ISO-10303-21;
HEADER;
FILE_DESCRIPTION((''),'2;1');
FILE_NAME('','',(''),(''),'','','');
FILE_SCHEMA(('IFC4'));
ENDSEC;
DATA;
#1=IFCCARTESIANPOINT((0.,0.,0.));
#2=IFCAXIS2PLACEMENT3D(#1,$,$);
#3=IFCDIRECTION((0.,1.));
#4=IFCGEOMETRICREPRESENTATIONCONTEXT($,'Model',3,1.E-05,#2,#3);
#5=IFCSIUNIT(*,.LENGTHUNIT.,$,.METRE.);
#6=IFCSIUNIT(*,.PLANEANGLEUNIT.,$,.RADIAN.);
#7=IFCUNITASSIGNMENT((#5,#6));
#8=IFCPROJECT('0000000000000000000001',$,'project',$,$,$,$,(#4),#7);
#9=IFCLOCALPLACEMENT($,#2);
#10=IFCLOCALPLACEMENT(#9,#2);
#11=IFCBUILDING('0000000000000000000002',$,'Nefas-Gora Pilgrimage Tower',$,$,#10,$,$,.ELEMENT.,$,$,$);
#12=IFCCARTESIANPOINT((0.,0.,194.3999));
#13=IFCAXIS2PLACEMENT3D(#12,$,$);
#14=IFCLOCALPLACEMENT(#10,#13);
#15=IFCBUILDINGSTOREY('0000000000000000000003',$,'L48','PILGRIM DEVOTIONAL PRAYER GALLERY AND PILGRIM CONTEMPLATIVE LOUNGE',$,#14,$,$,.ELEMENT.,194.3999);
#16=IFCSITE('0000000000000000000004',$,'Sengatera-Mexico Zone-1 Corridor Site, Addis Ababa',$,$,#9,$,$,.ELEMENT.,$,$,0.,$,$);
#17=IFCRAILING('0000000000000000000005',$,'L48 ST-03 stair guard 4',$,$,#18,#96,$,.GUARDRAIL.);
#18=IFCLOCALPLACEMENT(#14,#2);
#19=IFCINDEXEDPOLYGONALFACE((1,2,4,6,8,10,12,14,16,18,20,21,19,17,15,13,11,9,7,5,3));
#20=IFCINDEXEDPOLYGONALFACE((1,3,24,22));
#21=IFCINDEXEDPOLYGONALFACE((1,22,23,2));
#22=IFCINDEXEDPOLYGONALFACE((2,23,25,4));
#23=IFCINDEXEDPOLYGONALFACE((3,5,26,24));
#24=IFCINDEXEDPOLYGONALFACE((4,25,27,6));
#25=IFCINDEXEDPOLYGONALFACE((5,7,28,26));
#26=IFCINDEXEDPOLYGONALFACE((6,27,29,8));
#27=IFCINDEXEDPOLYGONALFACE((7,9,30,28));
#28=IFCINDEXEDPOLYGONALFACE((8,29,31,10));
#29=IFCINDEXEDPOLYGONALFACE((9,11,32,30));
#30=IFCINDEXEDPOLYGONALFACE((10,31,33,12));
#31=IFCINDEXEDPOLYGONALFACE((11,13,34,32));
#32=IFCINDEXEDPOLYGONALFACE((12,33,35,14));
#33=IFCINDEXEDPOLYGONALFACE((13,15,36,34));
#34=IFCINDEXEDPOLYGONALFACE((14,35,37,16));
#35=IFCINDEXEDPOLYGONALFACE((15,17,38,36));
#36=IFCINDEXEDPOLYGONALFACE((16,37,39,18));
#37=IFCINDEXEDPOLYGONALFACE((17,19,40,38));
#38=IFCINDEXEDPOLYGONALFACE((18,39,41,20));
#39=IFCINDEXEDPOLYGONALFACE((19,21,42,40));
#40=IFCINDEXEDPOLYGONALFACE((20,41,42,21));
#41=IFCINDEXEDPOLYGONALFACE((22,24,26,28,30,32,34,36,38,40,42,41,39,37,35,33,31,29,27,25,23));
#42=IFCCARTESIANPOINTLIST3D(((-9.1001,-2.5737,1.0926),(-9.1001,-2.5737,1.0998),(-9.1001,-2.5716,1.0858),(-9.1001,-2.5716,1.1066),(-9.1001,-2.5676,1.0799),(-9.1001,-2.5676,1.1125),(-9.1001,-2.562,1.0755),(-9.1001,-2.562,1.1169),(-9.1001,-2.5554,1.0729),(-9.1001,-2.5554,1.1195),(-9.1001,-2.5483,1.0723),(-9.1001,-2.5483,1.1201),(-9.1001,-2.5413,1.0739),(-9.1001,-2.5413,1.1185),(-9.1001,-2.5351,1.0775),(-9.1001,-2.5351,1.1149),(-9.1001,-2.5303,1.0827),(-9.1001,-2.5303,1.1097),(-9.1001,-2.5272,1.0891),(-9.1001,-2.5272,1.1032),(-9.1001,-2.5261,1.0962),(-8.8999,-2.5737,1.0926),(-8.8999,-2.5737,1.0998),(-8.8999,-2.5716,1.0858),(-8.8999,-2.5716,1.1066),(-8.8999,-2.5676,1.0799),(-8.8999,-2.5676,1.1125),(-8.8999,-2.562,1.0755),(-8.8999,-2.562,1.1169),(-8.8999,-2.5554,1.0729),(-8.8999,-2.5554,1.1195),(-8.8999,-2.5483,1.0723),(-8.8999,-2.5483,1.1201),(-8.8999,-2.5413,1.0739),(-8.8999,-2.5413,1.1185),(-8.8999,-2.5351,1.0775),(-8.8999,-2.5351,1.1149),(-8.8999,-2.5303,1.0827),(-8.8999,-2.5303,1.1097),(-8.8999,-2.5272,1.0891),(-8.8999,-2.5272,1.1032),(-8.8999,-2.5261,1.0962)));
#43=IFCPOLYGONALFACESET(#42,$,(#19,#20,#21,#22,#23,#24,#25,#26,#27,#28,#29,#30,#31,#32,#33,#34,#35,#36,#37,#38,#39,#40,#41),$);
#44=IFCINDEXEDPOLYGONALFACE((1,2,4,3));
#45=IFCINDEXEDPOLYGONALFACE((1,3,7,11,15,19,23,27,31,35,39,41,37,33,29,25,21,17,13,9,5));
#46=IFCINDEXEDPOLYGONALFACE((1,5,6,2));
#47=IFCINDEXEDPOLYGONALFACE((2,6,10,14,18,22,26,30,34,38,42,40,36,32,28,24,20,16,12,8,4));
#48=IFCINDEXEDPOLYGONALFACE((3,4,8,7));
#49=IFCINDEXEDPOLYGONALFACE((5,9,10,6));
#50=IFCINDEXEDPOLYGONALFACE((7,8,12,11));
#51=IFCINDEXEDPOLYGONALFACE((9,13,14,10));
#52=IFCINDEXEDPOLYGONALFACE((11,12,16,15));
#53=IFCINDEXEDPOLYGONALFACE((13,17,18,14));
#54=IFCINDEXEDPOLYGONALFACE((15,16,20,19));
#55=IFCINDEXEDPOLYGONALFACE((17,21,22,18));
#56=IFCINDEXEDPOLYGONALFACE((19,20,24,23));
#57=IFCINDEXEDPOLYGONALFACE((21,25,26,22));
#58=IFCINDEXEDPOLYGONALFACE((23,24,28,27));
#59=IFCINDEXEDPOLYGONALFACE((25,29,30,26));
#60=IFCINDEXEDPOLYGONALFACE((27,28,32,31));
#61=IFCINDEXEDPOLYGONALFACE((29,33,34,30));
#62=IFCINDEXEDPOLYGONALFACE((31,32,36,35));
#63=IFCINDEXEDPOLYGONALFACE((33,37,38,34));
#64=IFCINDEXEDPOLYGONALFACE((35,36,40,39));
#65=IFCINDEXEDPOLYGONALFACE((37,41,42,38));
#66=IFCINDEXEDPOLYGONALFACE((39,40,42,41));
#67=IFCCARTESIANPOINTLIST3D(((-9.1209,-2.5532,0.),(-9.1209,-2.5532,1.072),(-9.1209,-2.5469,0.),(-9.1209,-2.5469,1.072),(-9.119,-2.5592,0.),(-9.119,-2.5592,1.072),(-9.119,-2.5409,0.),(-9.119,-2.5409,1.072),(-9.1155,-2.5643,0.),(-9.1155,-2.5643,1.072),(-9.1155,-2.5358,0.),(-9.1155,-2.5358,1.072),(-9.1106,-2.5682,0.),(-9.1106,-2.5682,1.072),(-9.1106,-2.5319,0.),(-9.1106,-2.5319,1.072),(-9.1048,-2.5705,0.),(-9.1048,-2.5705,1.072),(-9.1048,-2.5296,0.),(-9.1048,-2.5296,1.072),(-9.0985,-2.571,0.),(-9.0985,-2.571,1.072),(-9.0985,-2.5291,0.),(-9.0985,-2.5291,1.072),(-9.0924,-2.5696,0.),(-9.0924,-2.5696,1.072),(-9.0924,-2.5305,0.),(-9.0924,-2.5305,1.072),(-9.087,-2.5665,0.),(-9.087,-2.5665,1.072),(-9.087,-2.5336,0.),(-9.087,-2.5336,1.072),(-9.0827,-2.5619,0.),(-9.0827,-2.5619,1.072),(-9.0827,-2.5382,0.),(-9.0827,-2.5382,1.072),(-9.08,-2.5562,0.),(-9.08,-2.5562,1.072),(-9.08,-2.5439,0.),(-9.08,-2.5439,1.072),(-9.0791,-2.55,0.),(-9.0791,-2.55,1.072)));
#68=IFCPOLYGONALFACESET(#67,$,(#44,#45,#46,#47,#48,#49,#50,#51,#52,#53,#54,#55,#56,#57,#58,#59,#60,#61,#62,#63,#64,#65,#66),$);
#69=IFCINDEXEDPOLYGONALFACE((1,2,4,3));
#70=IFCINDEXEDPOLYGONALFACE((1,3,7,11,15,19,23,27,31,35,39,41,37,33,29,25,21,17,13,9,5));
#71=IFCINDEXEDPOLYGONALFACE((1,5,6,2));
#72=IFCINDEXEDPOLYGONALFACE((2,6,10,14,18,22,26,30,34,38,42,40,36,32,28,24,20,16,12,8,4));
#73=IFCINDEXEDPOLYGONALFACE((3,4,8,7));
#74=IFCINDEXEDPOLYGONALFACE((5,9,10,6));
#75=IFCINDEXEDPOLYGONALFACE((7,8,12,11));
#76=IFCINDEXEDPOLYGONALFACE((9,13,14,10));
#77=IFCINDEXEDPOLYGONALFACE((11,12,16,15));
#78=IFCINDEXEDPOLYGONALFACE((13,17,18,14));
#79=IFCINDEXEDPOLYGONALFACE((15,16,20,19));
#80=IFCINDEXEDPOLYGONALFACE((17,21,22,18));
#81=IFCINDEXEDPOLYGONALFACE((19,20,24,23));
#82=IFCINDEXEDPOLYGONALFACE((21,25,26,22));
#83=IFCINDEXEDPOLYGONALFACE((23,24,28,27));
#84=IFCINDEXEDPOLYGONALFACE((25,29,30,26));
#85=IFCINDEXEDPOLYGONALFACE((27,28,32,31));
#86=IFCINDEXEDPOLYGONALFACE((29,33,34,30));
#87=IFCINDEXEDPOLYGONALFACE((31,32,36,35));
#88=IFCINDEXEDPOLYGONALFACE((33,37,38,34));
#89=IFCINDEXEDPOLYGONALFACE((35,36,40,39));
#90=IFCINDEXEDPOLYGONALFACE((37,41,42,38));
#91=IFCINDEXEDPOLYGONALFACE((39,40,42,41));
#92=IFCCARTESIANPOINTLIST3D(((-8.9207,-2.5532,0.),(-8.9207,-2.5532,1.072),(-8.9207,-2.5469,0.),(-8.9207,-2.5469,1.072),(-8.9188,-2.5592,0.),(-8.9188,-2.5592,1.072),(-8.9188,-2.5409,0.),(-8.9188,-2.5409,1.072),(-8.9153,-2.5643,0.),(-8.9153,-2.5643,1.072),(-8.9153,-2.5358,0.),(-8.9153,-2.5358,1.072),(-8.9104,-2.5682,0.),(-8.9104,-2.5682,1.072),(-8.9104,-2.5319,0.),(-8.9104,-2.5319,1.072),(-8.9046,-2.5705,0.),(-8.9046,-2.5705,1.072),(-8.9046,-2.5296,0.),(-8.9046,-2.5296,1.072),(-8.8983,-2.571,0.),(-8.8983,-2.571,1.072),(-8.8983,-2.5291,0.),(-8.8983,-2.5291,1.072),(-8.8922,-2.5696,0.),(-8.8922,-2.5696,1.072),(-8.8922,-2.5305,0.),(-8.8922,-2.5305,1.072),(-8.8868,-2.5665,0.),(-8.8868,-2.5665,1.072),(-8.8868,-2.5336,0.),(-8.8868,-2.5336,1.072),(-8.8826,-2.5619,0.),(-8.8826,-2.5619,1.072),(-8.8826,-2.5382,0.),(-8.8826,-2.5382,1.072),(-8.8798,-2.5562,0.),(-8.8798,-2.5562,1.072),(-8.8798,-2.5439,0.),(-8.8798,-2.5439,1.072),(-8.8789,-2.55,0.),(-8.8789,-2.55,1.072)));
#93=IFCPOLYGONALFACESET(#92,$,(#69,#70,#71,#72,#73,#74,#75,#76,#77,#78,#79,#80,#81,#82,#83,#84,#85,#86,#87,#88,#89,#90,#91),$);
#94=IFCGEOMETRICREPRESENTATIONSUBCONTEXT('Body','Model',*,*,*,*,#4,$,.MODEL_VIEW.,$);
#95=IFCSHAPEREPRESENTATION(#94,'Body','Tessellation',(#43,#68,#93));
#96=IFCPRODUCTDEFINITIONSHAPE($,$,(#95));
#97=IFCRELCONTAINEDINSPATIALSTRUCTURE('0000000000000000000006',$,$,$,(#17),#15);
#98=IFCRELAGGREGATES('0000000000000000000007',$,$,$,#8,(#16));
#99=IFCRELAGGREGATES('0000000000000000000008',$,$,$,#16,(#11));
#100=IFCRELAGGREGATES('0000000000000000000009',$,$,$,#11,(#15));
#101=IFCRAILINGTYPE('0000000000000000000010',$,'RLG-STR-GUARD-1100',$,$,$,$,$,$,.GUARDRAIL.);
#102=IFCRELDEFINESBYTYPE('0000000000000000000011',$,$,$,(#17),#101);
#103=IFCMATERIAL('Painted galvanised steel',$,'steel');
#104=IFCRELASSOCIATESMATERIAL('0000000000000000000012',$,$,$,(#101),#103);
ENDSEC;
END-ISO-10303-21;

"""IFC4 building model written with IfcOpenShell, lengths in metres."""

from ifc_helpers import new_model, si_unit, direction, frame, origin, origin_2d, place, context, subcontext, project, spatial, circle, extrude, material, type_object, element, save


model = new_model("IFC4")

# Units and contexts
model_context = context("Model", 3, precision=1e-05, world=origin(), true_north=direction((0.0, 1.0)))
body_context = subcontext(model_context, "Body", "Model", "MODEL_VIEW")
ifc_project = project(units=[si_unit("LENGTHUNIT", "METRE"), si_unit("PLANEANGLEUNIT", "RADIAN")], contexts=[model_context])

# Site, building, storey
site_placement = place(None, origin())
site = spatial("IfcSite", under=ifc_project, at=site_placement, Name="Sengatera-Mexico Zone-1 Corridor Site, Addis Ababa", CompositionType="ELEMENT", RefElevation=0.0)
building_placement = place(site_placement, origin())
building = spatial("IfcBuilding", under=site, at=building_placement, Name="Nefas-Gora Pilgrimage Tower", CompositionType="ELEMENT")
storey_placement = place(building_placement, frame((0.0, 0.0, 194.3999)))
storey = spatial("IfcBuildingStorey", under=building, at=storey_placement, Name="L48", Description="PILGRIM DEVOTIONAL PRAYER GALLERY AND PILGRIM CONTEMPLATIVE LOUNGE", CompositionType="ELEMENT", Elevation=194.3999)

# Railing
ifc_material_1 = material(Name="Painted galvanised steel", Category="steel")
railing_type_1 = type_object("IfcRailingType", Name="RLG-STR-GUARD-1100", PredefinedType="GUARDRAIL", material=ifc_material_1)
railing_1_placement = place(storey_placement, frame((-9.1001, -2.55, 0.0)))
element("IfcRailing", 1, at=railing_1_placement, inside=storey, type_object=railing_type_1, Name="L48 ST-03 stair guard 4", PredefinedType="GUARDRAIL", context=body_context, shape_type="SweptSolid", body=[
    extrude(circle(Radius=0.0239, at=origin_2d()), frame((0.0, 0.0, 1.0962), z_axis=(1.0, 0.0, 0.0), x_axis=(0.0, 1.0, 0.0)), (0.0, 0.0, 1.0), 0.2002),
    extrude(circle(Radius=0.021, at=origin_2d()), origin(), (0.0, 0.0, 1.0), 1.072),
    extrude(circle(Radius=0.021, at=origin_2d()), frame((0.2002, 0.0, 0.0)), (0.0, 0.0, 1.0), 1.072),
])

save(model, "model.ifc")
